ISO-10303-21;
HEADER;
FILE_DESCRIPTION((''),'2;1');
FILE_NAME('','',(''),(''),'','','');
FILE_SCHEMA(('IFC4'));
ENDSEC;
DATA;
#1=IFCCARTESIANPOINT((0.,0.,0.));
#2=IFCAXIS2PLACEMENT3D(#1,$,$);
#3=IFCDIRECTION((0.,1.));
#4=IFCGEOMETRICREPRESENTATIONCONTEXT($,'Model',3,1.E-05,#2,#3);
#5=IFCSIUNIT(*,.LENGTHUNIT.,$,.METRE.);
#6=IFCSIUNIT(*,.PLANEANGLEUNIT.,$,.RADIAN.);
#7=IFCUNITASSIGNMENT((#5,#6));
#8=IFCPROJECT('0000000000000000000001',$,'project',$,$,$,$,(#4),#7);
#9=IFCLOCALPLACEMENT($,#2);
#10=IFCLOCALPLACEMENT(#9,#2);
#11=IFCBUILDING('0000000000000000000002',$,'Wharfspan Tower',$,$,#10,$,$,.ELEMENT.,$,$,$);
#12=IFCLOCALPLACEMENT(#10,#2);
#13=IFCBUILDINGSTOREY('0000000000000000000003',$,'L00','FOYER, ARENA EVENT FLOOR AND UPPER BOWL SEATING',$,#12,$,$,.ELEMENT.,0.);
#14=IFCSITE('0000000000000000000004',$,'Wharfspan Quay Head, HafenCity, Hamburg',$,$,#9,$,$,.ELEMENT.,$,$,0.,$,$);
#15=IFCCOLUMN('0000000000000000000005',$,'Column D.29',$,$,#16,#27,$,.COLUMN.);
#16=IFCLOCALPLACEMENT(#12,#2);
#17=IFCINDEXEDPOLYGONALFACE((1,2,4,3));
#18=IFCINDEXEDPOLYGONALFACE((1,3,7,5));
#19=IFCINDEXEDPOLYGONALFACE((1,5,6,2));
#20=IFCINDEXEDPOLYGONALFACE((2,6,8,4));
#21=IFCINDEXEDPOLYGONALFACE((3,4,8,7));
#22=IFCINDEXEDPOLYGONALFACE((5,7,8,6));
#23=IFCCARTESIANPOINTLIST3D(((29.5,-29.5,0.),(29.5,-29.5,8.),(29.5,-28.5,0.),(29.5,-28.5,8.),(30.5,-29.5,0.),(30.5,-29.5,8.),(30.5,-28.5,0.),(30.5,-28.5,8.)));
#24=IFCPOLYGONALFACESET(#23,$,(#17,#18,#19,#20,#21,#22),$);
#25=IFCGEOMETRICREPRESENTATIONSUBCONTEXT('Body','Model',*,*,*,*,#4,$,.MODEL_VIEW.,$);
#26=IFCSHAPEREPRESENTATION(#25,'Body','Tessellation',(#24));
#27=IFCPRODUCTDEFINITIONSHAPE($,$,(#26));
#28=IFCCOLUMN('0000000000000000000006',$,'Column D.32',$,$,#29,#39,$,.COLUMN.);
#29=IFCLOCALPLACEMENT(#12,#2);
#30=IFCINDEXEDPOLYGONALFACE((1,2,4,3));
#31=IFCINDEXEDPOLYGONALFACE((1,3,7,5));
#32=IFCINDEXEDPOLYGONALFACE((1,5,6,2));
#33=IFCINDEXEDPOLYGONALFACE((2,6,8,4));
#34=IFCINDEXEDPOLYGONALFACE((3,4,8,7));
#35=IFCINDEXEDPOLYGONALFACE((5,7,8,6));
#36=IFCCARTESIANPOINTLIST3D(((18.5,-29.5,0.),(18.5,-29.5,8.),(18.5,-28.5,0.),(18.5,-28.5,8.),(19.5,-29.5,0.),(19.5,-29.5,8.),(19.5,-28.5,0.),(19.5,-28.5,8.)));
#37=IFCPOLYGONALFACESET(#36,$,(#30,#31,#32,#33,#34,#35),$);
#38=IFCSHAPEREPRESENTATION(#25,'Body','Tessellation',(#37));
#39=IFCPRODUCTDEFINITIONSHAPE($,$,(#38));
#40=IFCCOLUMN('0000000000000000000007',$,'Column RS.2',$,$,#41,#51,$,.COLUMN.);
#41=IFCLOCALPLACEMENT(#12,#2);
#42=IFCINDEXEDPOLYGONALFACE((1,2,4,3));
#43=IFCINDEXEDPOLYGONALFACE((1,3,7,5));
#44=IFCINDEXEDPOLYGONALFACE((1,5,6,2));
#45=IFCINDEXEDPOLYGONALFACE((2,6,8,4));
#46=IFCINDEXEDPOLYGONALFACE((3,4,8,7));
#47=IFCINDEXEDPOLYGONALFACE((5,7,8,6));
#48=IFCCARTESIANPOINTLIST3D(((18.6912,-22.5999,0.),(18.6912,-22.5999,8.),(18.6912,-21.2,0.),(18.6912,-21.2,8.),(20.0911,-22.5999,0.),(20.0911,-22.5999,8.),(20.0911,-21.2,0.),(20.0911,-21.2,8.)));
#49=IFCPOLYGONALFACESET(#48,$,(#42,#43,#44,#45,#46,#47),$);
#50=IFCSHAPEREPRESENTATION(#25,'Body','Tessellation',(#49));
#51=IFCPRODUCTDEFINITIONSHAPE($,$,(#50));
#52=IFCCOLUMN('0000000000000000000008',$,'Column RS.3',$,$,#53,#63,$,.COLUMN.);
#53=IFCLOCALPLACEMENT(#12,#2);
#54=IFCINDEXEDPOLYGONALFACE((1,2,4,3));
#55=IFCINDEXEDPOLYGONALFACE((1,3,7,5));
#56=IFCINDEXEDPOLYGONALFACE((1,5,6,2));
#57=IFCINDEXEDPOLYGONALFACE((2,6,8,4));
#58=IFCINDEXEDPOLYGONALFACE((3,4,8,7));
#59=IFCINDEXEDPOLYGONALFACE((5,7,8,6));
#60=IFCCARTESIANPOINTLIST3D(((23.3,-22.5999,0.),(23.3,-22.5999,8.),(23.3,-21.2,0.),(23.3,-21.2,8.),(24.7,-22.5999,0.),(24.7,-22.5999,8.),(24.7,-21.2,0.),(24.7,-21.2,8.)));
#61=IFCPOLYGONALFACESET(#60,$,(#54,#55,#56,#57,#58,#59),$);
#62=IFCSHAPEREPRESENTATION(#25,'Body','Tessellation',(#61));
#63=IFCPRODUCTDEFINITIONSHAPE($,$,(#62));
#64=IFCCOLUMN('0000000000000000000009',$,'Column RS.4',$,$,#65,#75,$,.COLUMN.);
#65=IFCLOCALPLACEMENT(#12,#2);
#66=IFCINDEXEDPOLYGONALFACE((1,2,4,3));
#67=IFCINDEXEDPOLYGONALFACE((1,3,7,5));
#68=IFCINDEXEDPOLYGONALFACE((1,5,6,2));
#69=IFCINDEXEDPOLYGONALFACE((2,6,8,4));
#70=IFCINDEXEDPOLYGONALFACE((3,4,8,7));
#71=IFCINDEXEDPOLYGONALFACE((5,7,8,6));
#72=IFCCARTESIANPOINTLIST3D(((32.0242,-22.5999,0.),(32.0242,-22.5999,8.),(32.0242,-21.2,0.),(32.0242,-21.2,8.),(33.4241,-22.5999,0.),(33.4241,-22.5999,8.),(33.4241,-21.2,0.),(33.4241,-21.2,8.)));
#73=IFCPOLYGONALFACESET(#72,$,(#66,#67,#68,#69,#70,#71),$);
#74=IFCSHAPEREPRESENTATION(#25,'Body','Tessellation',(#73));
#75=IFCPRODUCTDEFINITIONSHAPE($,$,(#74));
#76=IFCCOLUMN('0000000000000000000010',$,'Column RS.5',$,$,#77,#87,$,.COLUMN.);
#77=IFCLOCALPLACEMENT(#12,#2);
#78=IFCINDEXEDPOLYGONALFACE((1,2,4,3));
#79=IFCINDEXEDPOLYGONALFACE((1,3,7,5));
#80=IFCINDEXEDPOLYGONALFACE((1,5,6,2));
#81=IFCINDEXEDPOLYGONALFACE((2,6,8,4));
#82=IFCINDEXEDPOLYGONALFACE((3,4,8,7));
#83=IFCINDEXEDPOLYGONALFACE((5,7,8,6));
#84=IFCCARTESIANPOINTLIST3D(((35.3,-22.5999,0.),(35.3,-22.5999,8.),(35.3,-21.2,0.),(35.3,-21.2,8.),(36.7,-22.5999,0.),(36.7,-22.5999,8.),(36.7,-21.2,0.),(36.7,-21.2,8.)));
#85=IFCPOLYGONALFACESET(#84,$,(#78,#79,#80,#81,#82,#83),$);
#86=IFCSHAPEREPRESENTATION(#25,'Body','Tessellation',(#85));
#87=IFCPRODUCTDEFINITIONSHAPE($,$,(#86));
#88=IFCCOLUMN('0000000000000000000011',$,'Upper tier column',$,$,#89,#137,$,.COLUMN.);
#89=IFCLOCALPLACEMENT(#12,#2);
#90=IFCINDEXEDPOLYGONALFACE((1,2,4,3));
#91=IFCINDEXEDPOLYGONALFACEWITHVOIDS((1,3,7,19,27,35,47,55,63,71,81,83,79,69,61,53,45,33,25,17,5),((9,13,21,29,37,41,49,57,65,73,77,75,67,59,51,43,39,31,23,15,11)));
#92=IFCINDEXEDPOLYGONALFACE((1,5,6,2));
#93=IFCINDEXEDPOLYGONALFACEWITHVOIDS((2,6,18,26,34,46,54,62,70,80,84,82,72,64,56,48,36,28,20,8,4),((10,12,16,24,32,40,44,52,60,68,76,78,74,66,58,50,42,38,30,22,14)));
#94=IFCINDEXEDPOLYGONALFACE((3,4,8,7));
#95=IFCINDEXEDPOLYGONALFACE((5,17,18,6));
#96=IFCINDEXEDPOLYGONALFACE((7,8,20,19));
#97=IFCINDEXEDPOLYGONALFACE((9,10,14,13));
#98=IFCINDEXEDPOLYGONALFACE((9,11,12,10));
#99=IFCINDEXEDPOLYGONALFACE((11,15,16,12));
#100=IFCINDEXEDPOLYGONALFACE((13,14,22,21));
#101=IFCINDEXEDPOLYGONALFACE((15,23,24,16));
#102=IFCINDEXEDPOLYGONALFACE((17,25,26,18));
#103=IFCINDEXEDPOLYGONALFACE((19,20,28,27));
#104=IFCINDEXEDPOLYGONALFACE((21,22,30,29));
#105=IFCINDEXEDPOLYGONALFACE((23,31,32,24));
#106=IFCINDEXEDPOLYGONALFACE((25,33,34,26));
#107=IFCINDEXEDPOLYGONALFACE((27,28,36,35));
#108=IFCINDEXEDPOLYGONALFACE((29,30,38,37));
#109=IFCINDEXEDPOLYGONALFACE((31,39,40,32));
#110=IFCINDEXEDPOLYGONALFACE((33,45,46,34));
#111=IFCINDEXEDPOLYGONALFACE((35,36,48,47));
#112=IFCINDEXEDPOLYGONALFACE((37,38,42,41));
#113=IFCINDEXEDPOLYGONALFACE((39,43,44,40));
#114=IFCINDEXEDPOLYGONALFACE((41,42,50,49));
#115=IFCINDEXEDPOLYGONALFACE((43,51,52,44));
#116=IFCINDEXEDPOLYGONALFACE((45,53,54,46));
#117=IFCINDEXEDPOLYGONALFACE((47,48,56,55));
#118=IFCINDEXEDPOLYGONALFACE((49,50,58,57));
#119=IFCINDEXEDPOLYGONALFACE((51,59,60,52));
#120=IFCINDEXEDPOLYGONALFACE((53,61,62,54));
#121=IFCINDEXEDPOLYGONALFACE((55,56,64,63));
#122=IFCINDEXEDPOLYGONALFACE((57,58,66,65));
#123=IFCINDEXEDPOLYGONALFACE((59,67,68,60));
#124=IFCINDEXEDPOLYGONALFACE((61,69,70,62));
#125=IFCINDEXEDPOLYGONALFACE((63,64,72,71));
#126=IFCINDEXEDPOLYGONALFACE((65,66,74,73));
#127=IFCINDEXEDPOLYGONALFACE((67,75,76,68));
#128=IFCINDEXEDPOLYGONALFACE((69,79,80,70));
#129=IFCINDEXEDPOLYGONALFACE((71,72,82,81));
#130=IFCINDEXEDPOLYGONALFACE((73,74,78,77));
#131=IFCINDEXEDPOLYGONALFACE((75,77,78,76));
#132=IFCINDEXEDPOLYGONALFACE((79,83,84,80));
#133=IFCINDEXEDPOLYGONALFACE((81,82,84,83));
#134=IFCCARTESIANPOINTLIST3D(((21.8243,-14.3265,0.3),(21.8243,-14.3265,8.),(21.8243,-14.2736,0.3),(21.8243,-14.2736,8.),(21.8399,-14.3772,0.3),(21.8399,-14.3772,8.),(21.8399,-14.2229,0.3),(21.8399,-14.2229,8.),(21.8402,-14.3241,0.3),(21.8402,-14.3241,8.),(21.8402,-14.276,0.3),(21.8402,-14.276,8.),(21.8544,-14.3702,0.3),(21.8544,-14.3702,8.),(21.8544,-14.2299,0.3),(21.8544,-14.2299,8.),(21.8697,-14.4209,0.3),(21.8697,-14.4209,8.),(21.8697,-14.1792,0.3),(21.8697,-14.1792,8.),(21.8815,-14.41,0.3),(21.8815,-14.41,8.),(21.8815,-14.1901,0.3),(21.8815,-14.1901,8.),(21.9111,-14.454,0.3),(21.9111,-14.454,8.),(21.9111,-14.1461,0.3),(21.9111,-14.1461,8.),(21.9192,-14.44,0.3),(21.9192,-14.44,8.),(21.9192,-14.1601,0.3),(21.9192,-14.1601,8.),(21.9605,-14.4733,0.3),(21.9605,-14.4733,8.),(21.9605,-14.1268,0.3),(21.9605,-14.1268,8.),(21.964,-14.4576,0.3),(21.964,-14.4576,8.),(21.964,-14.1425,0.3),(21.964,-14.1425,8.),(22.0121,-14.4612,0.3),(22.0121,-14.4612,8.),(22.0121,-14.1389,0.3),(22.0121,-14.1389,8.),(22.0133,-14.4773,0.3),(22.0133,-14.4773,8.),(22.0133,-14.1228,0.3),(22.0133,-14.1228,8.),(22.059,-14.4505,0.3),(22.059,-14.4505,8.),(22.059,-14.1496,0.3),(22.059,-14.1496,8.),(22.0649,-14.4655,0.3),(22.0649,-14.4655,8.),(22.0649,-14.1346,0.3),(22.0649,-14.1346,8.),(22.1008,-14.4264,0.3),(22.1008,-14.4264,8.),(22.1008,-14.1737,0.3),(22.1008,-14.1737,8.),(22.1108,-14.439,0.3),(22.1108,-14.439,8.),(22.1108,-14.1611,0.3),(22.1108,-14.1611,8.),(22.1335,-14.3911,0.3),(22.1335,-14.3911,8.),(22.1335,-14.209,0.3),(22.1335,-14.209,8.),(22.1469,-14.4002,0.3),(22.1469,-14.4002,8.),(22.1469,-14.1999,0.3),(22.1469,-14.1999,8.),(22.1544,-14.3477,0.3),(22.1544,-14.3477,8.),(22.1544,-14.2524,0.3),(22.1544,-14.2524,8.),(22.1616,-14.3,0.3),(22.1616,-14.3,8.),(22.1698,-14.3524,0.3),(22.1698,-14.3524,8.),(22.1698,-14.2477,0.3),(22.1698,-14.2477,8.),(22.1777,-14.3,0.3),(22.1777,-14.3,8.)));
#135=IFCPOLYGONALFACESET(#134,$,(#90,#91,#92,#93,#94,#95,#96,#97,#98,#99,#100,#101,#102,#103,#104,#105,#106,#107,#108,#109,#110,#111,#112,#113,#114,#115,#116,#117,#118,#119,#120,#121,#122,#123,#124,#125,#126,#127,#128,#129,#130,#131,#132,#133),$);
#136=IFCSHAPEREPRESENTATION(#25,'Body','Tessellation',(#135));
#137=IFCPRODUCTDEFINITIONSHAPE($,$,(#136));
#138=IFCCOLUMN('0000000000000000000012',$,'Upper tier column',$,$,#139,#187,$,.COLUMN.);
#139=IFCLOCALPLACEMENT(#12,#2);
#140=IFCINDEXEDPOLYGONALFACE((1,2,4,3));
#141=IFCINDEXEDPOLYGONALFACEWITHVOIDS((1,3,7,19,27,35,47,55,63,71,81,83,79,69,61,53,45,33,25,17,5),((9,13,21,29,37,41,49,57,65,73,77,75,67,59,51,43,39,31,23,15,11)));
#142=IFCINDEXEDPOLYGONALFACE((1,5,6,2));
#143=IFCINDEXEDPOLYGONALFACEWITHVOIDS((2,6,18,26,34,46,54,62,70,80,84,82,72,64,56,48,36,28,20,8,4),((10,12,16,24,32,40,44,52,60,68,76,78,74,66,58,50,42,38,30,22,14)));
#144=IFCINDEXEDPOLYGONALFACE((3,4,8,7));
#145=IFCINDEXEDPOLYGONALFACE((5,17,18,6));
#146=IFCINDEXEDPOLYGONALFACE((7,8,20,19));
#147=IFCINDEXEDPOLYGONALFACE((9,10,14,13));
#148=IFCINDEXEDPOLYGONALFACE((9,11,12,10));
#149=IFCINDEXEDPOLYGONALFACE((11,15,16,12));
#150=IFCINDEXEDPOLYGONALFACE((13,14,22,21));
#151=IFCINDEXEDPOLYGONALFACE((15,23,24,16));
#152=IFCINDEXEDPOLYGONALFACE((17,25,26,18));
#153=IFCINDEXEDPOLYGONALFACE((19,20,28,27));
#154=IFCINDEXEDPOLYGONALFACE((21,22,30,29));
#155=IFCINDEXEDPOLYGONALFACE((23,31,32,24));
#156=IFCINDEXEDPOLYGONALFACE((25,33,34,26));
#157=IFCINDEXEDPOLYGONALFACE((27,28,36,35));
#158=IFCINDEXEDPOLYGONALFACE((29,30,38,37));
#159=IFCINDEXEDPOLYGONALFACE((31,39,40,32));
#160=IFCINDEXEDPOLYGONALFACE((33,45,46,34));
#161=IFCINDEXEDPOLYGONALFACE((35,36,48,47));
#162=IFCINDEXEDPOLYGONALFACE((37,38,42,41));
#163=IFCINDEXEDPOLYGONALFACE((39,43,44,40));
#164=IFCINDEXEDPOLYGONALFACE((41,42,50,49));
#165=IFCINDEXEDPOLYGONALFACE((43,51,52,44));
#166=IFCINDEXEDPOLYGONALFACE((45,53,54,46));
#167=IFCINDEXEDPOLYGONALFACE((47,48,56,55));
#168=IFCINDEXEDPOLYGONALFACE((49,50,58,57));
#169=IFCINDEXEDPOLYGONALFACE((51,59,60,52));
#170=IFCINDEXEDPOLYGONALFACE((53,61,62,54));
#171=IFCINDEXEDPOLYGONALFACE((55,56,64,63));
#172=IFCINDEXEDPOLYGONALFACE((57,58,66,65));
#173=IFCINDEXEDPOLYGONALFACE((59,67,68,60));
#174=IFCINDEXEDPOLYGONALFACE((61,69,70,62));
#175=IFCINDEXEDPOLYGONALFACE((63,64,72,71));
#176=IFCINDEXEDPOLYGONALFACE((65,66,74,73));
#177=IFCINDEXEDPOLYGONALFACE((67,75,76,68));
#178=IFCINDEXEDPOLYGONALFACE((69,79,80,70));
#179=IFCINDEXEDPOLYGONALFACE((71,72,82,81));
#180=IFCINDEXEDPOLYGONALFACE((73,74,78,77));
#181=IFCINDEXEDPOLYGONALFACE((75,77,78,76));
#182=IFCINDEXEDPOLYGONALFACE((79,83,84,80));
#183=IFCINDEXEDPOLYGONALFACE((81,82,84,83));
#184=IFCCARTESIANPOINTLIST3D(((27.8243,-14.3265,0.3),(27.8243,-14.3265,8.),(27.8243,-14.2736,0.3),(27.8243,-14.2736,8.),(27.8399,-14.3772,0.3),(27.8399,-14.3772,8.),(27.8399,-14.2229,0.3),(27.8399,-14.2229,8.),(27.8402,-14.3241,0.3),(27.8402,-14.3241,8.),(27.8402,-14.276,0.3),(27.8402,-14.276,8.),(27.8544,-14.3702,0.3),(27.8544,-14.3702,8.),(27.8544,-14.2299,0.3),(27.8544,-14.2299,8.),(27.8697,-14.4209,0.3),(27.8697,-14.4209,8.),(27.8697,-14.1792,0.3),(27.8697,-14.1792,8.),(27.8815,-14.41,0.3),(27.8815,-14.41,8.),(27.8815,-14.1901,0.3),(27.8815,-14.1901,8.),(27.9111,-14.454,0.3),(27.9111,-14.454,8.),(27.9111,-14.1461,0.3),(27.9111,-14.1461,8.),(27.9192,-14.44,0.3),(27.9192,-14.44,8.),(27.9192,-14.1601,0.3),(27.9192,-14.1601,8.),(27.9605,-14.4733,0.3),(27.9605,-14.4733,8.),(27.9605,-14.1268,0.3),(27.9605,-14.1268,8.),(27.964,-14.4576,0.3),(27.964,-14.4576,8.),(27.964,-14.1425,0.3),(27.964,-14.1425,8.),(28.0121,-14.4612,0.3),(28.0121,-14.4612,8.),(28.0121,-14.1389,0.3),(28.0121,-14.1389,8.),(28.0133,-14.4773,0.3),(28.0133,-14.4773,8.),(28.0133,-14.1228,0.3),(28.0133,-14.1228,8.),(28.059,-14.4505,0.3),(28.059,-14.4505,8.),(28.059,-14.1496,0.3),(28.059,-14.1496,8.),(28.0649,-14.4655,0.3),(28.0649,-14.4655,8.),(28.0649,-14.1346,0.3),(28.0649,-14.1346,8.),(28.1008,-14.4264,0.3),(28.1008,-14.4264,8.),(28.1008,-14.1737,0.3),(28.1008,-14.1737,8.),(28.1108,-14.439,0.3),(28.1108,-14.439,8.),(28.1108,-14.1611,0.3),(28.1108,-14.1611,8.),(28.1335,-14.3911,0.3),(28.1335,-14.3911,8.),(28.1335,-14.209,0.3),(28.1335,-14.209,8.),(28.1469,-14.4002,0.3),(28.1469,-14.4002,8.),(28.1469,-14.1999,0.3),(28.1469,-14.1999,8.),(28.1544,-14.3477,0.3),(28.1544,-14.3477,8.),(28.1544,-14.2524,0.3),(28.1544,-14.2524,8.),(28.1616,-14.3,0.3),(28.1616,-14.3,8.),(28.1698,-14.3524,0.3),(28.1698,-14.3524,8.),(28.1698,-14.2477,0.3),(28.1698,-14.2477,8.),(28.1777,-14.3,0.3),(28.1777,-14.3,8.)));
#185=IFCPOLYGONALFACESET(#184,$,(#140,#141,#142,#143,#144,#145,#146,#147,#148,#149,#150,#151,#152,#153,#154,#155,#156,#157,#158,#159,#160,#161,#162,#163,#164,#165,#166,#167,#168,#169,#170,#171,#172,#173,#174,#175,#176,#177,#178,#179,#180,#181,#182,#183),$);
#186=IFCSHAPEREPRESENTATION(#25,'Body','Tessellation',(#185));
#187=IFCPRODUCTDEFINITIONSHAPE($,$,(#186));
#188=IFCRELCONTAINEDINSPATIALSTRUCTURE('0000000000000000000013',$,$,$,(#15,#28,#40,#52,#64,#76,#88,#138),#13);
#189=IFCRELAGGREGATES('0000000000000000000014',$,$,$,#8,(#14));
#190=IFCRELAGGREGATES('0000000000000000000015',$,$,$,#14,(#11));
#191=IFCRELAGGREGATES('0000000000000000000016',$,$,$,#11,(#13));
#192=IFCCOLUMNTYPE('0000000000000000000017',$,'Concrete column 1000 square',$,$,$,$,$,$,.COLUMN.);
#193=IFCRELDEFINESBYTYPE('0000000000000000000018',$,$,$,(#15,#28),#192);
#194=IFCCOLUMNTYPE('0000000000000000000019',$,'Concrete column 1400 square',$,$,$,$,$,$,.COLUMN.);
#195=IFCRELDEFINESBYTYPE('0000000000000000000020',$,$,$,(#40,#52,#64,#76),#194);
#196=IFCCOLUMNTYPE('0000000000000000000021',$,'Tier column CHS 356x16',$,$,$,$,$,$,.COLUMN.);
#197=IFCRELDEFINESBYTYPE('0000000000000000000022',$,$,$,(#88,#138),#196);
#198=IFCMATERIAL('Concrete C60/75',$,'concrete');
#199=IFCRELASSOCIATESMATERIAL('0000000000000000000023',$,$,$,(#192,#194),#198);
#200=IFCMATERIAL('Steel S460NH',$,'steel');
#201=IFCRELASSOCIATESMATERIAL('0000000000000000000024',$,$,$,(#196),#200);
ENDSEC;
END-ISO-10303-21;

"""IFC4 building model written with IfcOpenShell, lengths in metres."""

from ifc_helpers import new_model, si_unit, direction, frame, origin, origin_2d, place, context, subcontext, project, spatial, rectangle, hollow_circle, extrude, material, material_profile, profile_set, type_object, element, save


model = new_model("IFC4")

# Units and contexts
model_context = context("Model", 3, precision=1e-05, world=origin(), true_north=direction((0.0, 1.0)))
body_context = subcontext(model_context, "Body", "Model", "MODEL_VIEW")
ifc_project = project(units=[si_unit("LENGTHUNIT", "METRE"), si_unit("PLANEANGLEUNIT", "RADIAN")], contexts=[model_context])

# Site, building, storey
site_placement = place(None, origin())
site = spatial("IfcSite", under=ifc_project, at=site_placement, Name="Wharfspan Quay Head, HafenCity, Hamburg", CompositionType="ELEMENT", RefElevation=0.0)
building_placement = place(site_placement, origin())
building = spatial("IfcBuilding", under=site, at=building_placement, Name="Wharfspan Tower", CompositionType="ELEMENT")
storey_placement = place(building_placement, origin())
storey = spatial("IfcBuildingStorey", under=building, at=storey_placement, Name="L00", Description="FOYER, ARENA EVENT FLOOR AND UPPER BOWL SEATING", CompositionType="ELEMENT", Elevation=0.0)

# Columns
ifc_material_1 = material(Name="Concrete C60/75", Category="concrete")
ifc_material_profile_1 = material_profile(ifc_material_1, rectangle(XDim=1.0, YDim=1.0, at=origin_2d()))
ifc_profile_set_1 = profile_set([ifc_material_profile_1], Name="Concrete C60/75")
column_type_1 = type_object("IfcColumnType", Name="Concrete column 1000 square", PredefinedType="COLUMN", material=ifc_profile_set_1)
for number, where, z_axis, x_axis, name in (
    (1, (30.0, -29.0, 0.0), (0.0, 0.0, 1.0), (1.0, 0.0, 0.0), "Column D.29"),
    (2, (19.0, -29.0, 0.0), (0.0, 0.0, 1.0), (1.0, 0.0, 0.0), "Column D.32"),
):
    element("IfcColumn", number, at=place(storey_placement, frame(where, z_axis=z_axis, x_axis=x_axis)), inside=storey, type_object=column_type_1, Name=name, PredefinedType="COLUMN", context=body_context, shape_type="SweptSolid", body=[
        extrude(rectangle(XDim=1.0, YDim=1.0, at=origin_2d()), origin(), (0.0, 0.0, 1.0), 8.0),
    ])
ifc_material_profile_2 = material_profile(ifc_material_1, rectangle(XDim=1.3999, YDim=1.3999, at=origin_2d()))
ifc_profile_set_2 = profile_set([ifc_material_profile_2], Name="Concrete C60/75")
column_type_2 = type_object("IfcColumnType", Name="Concrete column 1400 square", PredefinedType="COLUMN", material=ifc_profile_set_2)
for number, where, z_axis, x_axis, name in (
    (3, (19.3911, -21.8999, 0.0), (0.0, 0.0, 1.0), (1.0, 0.0, 0.0), "Column RS.2"),
    (4, (24.0, -21.8999, 0.0), (0.0, 0.0, 1.0), (1.0, 0.0, 0.0), "Column RS.3"),
    (5, (32.7241, -21.8999, 0.0), (0.0, 0.0, 1.0), (1.0, 0.0, 0.0), "Column RS.4"),
    (6, (36.0, -21.8999, 0.0), (0.0, 0.0, 1.0), (1.0, 0.0, 0.0), "Column RS.5"),
):
    element("IfcColumn", number, at=place(storey_placement, frame(where, z_axis=z_axis, x_axis=x_axis)), inside=storey, type_object=column_type_2, Name=name, PredefinedType="COLUMN", context=body_context, shape_type="SweptSolid", body=[
        extrude(rectangle(XDim=1.3999, YDim=1.3999, at=origin_2d()), origin(), (0.0, 0.0, 1.0), 8.0),
    ])
ifc_material_2 = material(Name="Steel S460NH", Category="steel")
ifc_material_profile_3 = material_profile(ifc_material_2, hollow_circle(Radius=0.1777, WallThickness=0.0161, at=origin_2d()))
ifc_profile_set_3 = profile_set([ifc_material_profile_3], Name="Steel S460NH")
column_type_3 = type_object("IfcColumnType", Name="Tier column CHS 356x16", PredefinedType="COLUMN", material=ifc_profile_set_3)
for number, where, z_axis, x_axis, name in (
    (7, (22.0, -14.3, 0.3), (0.0, 0.0, 1.0), (1.0, 0.0, 0.0), "Upper tier column"),
    (8, (28.0, -14.3, 0.3), (0.0, 0.0, 1.0), (1.0, 0.0, 0.0), "Upper tier column"),
):
    element("IfcColumn", number, at=place(storey_placement, frame(where, z_axis=z_axis, x_axis=x_axis)), inside=storey, type_object=column_type_3, Name=name, PredefinedType="COLUMN", context=body_context, shape_type="SweptSolid", body=[
        extrude(hollow_circle(Radius=0.1777, WallThickness=0.0161, at=origin_2d()), origin(), (0.0, 0.0, 1.0), 7.7),
    ])

save(model, "model.ifc")
